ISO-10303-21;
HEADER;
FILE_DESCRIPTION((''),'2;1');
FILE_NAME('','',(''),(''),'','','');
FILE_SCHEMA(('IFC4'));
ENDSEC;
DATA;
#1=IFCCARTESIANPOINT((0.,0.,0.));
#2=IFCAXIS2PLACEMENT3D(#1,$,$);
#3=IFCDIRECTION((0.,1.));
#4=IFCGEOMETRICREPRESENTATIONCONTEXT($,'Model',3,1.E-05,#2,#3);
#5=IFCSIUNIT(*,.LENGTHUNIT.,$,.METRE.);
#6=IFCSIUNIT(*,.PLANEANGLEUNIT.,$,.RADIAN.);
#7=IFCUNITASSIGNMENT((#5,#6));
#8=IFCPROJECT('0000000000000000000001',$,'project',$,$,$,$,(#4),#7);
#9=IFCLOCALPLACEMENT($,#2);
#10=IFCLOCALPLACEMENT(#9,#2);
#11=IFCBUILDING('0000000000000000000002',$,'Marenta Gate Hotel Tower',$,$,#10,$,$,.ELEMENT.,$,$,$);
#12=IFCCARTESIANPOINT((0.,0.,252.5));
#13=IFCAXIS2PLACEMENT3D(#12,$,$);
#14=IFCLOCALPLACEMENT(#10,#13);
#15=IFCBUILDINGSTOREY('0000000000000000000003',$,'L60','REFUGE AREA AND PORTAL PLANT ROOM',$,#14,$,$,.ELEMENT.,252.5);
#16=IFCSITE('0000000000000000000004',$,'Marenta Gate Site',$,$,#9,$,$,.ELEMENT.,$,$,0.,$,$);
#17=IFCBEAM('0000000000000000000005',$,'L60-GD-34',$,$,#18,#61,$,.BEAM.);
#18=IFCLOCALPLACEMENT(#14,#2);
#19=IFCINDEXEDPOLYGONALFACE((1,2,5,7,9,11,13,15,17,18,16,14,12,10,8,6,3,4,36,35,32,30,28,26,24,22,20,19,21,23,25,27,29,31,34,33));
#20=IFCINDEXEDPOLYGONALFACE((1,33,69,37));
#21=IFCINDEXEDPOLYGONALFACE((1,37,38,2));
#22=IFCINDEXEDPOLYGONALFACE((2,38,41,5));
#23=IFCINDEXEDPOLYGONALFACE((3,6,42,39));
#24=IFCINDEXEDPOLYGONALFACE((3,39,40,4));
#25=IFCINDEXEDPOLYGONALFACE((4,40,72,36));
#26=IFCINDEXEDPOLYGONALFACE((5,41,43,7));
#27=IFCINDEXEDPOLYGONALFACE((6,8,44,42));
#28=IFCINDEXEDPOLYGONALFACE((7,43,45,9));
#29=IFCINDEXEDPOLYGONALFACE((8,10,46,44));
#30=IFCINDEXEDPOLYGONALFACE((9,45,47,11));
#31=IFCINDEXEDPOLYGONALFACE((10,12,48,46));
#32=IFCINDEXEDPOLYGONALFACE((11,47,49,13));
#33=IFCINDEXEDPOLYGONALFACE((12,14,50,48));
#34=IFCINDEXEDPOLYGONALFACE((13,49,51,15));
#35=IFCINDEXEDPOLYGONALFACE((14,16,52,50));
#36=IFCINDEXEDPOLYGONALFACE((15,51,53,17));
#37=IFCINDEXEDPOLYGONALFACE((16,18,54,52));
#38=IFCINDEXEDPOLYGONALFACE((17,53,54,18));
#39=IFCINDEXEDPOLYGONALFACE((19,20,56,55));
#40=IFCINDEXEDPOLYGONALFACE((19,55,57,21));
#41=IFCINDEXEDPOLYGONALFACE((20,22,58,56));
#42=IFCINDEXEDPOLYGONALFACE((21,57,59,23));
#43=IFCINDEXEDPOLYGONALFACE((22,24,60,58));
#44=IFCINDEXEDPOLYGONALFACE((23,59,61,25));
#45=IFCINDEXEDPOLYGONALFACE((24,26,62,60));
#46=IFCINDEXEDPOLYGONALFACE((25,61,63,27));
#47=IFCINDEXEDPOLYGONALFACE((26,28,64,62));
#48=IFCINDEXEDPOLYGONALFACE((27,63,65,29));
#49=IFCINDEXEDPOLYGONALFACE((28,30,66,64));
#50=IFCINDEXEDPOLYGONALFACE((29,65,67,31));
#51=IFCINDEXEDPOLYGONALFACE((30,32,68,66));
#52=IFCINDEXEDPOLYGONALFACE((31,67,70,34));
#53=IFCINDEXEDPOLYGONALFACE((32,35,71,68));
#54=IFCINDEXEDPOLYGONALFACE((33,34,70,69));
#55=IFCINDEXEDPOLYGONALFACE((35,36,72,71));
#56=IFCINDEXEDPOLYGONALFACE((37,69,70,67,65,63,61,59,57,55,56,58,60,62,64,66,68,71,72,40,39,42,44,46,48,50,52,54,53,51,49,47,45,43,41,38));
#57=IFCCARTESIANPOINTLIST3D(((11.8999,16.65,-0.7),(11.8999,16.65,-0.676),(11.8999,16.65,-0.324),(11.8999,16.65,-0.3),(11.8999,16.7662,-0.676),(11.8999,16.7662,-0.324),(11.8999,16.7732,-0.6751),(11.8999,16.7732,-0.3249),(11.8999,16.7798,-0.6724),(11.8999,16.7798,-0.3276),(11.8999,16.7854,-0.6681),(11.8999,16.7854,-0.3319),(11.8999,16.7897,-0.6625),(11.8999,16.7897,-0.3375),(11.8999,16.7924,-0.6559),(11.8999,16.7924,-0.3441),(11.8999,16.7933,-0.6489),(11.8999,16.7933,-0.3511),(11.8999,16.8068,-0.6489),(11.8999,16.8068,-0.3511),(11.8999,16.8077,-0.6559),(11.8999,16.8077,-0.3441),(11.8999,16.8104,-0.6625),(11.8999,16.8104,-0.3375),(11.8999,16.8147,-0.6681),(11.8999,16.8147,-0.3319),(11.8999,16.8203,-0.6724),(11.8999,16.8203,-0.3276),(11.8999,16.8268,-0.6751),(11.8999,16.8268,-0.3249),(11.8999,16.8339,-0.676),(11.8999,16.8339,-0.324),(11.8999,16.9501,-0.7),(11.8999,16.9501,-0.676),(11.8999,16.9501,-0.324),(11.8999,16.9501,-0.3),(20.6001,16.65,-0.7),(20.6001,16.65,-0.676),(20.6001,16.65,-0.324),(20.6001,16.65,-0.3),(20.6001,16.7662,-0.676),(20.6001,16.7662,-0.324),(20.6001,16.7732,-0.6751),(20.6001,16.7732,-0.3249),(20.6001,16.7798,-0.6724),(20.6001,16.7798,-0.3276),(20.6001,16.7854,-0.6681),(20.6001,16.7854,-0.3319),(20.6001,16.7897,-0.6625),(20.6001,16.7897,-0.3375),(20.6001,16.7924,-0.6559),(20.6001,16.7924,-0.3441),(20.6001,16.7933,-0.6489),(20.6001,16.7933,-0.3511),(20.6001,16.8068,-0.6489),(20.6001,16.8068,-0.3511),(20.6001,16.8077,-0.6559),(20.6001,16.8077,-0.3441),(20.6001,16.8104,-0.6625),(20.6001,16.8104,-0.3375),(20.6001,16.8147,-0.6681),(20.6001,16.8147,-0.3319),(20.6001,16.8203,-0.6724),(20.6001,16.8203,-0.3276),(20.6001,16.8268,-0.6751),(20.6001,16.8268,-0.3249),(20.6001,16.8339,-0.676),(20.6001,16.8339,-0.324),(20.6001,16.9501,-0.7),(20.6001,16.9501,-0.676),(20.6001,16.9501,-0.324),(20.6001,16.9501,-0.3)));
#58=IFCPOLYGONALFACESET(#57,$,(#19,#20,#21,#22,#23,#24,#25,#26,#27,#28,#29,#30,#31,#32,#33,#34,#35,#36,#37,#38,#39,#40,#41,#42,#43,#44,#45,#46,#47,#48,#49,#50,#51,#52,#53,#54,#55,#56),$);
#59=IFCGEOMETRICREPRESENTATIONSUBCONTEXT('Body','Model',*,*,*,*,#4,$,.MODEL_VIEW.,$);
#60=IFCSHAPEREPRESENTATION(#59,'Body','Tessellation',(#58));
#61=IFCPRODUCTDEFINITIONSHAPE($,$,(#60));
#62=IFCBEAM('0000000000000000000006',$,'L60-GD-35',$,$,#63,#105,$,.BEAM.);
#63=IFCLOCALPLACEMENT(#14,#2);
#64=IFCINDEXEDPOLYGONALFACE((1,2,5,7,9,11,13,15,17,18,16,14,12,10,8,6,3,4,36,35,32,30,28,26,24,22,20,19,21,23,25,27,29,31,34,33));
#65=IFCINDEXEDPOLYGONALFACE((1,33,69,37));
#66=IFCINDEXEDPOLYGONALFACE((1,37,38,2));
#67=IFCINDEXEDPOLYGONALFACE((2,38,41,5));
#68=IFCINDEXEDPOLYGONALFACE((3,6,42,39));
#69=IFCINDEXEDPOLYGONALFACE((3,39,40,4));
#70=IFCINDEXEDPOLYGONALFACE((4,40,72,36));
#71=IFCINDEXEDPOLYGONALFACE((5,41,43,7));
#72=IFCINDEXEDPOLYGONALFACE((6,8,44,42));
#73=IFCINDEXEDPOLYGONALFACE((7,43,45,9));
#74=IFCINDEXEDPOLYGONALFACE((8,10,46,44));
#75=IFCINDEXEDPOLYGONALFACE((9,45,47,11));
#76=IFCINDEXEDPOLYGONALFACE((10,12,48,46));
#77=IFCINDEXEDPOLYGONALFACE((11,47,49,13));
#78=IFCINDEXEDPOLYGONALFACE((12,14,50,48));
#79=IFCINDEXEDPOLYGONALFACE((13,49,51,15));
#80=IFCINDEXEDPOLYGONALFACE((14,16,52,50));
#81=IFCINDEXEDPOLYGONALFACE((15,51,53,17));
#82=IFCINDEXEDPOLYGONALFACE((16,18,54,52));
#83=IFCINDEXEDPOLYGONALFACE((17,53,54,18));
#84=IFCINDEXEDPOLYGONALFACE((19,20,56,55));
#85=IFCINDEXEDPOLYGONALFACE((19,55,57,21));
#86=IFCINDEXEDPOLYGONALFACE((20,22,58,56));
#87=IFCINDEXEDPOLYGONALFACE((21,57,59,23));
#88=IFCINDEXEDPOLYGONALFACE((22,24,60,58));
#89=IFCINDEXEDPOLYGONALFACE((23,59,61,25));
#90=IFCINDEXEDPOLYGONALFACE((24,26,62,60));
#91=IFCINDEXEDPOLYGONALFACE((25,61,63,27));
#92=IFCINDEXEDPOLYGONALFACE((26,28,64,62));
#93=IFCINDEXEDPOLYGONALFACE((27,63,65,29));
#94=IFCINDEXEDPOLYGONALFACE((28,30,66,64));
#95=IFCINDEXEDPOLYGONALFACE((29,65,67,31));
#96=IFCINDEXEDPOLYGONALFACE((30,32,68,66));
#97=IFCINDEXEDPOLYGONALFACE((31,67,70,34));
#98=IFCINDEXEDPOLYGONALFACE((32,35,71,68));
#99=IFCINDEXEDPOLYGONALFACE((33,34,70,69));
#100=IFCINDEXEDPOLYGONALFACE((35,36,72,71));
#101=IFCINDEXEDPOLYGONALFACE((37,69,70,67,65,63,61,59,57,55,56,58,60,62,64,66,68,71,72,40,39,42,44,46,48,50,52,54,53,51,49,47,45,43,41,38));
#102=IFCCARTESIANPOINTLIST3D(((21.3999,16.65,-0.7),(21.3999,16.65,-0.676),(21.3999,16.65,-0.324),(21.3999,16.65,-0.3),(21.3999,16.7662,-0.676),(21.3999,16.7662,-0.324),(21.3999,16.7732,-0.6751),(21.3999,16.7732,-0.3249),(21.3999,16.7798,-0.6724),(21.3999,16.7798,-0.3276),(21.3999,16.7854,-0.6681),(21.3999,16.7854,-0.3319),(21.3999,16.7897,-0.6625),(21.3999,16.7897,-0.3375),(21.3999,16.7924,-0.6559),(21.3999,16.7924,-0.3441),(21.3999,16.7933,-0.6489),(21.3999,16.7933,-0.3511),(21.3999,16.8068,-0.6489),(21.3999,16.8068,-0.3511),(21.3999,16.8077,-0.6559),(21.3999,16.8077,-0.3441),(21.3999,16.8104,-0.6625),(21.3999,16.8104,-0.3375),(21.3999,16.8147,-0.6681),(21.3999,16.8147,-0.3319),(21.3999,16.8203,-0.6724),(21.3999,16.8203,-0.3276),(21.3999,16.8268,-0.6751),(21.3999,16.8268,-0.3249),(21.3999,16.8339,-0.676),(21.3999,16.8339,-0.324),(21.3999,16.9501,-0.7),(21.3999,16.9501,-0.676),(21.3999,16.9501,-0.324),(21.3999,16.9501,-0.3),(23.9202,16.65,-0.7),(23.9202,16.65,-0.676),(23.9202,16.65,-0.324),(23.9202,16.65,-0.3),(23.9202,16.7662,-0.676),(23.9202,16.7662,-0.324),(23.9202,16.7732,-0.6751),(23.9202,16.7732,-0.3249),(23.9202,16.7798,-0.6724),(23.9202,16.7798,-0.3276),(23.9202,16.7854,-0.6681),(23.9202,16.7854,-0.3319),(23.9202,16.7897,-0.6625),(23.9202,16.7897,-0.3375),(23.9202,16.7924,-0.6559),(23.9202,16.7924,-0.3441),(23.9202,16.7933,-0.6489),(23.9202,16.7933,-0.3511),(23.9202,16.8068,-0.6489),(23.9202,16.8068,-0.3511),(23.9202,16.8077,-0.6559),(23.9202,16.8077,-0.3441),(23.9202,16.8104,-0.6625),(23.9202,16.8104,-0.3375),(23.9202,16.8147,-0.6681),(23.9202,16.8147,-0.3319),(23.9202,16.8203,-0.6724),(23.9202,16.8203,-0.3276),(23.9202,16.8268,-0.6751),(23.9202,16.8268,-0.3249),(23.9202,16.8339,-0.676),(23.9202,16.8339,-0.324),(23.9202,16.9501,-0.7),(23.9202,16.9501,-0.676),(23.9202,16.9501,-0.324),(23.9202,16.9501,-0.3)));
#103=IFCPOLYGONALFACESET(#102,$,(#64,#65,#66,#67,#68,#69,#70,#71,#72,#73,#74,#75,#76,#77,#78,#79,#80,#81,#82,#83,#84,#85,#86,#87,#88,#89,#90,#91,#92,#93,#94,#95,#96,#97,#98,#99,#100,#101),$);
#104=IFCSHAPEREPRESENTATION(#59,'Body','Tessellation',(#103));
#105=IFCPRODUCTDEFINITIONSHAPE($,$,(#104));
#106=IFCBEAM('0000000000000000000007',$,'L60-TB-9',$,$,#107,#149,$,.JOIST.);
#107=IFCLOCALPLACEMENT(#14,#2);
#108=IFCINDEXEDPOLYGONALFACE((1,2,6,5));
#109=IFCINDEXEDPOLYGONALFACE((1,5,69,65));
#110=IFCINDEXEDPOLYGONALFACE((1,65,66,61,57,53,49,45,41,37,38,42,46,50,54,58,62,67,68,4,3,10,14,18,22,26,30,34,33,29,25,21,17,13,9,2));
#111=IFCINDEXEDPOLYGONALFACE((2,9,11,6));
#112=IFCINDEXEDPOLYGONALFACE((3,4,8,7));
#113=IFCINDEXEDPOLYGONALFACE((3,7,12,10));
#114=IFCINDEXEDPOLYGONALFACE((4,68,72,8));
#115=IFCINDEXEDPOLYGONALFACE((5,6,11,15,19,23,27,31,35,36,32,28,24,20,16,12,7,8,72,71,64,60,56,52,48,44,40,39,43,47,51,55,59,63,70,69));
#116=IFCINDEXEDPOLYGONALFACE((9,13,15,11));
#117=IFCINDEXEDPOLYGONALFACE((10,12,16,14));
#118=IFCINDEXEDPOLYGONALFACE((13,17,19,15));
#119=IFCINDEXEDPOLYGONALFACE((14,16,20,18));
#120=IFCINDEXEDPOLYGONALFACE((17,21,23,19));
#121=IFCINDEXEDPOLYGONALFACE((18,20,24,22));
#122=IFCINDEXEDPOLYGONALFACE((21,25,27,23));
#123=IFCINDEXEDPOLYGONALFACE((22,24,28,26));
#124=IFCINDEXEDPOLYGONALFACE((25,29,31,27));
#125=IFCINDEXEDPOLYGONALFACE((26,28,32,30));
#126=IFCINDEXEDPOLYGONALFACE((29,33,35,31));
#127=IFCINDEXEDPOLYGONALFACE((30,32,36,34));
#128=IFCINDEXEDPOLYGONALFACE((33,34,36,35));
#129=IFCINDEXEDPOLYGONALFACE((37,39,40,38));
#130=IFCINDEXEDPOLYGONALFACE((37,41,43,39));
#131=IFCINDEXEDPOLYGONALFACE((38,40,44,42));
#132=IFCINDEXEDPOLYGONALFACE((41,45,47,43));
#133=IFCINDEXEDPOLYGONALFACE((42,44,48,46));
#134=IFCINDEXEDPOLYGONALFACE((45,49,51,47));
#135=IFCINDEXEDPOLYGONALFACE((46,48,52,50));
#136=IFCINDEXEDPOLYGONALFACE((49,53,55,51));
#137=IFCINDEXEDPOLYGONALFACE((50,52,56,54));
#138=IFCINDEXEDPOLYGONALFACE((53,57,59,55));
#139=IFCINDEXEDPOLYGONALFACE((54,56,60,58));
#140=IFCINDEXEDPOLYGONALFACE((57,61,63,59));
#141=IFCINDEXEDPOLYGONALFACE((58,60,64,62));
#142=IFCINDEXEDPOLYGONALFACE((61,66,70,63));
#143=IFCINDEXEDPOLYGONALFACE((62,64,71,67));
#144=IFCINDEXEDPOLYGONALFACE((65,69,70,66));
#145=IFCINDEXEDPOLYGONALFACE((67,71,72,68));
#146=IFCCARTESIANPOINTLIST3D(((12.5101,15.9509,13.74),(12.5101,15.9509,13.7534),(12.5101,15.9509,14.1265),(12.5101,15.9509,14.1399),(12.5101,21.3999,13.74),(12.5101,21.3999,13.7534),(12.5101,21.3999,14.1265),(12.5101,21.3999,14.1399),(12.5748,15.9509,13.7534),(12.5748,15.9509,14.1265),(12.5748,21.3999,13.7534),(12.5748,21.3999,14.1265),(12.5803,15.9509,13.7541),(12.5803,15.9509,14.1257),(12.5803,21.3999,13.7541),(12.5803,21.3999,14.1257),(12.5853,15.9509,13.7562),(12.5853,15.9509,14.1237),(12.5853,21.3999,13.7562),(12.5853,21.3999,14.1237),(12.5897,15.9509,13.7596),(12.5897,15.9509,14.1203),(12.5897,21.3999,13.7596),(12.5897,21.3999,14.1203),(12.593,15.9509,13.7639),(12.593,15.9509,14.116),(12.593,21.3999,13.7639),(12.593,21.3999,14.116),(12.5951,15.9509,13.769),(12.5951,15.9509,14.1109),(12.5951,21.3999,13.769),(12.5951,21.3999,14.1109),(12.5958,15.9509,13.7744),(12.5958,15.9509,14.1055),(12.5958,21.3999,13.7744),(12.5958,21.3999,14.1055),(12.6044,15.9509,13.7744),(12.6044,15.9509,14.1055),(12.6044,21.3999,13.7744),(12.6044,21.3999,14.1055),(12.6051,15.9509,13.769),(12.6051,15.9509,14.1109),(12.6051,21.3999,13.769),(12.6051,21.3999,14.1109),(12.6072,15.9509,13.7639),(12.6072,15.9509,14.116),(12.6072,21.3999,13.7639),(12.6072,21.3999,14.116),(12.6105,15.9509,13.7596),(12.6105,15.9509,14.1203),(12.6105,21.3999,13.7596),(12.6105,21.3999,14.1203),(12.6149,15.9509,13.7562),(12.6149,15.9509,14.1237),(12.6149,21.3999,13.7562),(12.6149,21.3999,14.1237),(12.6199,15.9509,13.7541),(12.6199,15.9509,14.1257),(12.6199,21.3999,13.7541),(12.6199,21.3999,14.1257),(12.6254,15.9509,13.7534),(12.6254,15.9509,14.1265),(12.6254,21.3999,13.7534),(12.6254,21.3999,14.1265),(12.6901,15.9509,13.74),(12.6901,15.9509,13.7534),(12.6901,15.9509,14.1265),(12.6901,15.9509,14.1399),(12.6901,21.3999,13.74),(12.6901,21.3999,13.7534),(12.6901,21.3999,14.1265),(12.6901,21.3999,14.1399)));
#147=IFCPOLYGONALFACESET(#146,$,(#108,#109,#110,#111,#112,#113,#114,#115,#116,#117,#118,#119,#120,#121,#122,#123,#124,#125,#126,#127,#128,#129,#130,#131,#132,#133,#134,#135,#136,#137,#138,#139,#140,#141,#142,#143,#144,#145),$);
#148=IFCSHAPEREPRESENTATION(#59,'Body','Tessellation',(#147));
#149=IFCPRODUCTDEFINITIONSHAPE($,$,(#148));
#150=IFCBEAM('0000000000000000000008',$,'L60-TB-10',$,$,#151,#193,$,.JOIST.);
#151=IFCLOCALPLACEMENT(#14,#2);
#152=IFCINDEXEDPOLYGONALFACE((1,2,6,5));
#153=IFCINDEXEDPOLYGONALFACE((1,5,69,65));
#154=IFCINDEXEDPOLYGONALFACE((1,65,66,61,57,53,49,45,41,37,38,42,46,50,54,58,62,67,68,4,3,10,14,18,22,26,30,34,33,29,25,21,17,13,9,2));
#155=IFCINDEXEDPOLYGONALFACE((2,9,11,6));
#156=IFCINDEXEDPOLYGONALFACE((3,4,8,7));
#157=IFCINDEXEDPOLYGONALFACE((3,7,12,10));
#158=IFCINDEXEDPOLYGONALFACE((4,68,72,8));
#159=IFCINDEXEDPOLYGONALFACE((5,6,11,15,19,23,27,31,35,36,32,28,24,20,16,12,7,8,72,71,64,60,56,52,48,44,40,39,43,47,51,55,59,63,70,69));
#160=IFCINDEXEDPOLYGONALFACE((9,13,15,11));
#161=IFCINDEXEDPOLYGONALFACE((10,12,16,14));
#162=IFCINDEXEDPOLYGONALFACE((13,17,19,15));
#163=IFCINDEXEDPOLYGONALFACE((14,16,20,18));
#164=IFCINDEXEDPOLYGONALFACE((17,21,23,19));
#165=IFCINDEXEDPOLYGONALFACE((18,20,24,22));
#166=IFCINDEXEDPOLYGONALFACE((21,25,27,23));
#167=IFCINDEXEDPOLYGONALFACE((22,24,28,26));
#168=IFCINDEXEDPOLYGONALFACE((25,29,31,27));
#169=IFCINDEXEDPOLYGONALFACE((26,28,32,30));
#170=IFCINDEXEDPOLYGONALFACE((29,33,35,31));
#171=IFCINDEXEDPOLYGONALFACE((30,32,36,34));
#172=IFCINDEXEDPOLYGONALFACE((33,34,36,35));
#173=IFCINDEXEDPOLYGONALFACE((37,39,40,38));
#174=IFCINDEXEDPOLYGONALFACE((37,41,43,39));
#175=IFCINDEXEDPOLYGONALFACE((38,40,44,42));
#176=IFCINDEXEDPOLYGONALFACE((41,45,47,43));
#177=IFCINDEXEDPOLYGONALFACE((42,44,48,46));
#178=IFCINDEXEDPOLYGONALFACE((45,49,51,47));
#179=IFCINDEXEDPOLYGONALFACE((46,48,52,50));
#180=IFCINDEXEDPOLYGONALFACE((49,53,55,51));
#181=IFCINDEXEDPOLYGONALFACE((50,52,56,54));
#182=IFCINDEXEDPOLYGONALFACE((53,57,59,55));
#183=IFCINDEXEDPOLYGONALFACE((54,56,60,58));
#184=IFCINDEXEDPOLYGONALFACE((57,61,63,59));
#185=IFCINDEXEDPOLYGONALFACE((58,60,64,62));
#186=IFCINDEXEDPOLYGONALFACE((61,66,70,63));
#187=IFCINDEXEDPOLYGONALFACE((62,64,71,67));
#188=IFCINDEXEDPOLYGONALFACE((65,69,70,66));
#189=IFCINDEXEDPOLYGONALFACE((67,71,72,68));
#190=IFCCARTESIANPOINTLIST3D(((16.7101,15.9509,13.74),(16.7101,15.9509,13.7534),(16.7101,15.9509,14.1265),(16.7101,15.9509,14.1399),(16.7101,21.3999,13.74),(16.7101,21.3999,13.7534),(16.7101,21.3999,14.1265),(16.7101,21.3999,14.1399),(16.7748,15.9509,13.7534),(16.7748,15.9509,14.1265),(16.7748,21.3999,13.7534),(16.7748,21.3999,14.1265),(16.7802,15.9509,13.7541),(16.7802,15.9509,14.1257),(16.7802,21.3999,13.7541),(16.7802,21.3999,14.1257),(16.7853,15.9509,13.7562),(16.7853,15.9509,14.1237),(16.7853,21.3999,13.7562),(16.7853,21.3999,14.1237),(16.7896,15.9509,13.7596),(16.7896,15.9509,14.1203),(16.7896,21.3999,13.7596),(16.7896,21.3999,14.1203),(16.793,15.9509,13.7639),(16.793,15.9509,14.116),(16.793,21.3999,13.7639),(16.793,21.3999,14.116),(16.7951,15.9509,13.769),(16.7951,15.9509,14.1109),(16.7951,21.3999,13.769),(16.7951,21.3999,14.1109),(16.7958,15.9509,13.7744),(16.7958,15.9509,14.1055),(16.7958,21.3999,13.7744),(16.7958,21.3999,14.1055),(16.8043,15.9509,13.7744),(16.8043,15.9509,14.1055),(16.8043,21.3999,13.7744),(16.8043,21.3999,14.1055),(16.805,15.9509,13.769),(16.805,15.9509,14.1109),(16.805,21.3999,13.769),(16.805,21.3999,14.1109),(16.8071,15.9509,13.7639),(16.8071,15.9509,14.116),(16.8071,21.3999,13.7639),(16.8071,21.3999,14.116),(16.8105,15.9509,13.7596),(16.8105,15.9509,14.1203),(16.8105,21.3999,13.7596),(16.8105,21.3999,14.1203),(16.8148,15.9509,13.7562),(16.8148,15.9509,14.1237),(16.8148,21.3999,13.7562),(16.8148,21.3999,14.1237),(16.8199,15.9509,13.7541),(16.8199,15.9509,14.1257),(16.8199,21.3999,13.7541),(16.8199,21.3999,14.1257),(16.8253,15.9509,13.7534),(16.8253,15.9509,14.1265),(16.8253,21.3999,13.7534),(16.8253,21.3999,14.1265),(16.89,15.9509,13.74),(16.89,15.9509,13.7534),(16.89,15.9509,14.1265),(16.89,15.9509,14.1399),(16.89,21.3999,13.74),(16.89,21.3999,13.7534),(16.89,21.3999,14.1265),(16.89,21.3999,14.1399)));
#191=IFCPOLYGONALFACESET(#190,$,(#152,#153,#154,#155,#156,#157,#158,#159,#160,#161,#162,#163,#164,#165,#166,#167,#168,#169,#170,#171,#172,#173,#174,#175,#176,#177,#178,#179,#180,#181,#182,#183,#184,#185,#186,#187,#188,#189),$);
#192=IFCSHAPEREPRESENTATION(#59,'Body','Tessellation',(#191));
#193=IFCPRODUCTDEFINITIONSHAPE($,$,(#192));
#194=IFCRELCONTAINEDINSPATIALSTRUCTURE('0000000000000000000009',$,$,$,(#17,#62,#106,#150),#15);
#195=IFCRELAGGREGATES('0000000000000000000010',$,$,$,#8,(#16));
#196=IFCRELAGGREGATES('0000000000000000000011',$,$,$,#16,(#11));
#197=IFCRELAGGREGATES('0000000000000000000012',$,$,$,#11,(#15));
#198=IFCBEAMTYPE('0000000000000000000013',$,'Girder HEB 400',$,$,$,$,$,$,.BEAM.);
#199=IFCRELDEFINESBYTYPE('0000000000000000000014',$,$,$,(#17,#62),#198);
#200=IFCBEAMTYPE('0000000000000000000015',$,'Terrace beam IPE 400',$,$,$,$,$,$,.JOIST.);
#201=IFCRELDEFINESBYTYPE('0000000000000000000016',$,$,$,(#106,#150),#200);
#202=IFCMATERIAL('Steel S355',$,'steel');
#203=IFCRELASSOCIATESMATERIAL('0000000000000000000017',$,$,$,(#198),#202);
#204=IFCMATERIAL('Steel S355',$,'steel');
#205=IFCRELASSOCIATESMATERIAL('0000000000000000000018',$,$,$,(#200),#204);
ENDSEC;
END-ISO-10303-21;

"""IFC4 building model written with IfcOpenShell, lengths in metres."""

from ifc_helpers import new_model, si_unit, direction, frame, origin, origin_2d, place, context, subcontext, project, spatial, i_section, extrude, material, material_profile, profile_set, type_object, element, save


model = new_model("IFC4")

# Units and contexts
model_context = context("Model", 3, precision=1e-05, world=origin(), true_north=direction((0.0, 1.0)))
body_context = subcontext(model_context, "Body", "Model", "MODEL_VIEW")
ifc_project = project(units=[si_unit("LENGTHUNIT", "METRE"), si_unit("PLANEANGLEUNIT", "RADIAN")], contexts=[model_context])

# Site, building, storey
site_placement = place(None, origin())
site = spatial("IfcSite", under=ifc_project, at=site_placement, Name="Marenta Gate Site", CompositionType="ELEMENT", RefElevation=0.0)
building_placement = place(site_placement, origin())
building = spatial("IfcBuilding", under=site, at=building_placement, Name="Marenta Gate Hotel Tower", CompositionType="ELEMENT")
storey_placement = place(building_placement, frame((0.0, 0.0, 252.5)))
storey = spatial("IfcBuildingStorey", under=building, at=storey_placement, Name="L60", Description="REFUGE AREA AND PORTAL PLANT ROOM", CompositionType="ELEMENT", Elevation=252.5)

# Beams
ifc_material_1 = material(Name="Steel S355", Category="steel")
ifc_material_profile_1 = material_profile(ifc_material_1, i_section(OverallWidth=0.3, OverallDepth=0.3999, WebThickness=0.0134, FlangeThickness=0.0239, FilletRadius=0.0271, at=origin_2d()), Name="HEB 400")
ifc_profile_set_1 = profile_set([ifc_material_profile_1], Name="Steel S355")
beam_type_1 = type_object("IfcBeamType", Name="Girder HEB 400", PredefinedType="BEAM", material=ifc_profile_set_1)
beam_1_placement = place(storey_placement, frame((11.8999, 16.8, -0.5), z_axis=(1.0, 0.0, 0.0), x_axis=(0.0, 1.0, 0.0)))
element("IfcBeam", 1, at=beam_1_placement, inside=storey, type_object=beam_type_1, Name="L60-GD-34", PredefinedType="BEAM", context=body_context, shape_type="SweptSolid", body=[
    extrude(i_section(OverallWidth=0.3, OverallDepth=0.3999, WebThickness=0.0134, FlangeThickness=0.0239, FilletRadius=0.0271, at=origin_2d()), origin(), (0.0, 0.0, 1.0), 8.7002),
])
beam_2_placement = place(storey_placement, frame((21.3999, 16.8, -0.5), z_axis=(1.0, 0.0, 0.0), x_axis=(0.0, 1.0, 0.0)))
element("IfcBeam", 2, at=beam_2_placement, inside=storey, type_object=beam_type_1, Name="L60-GD-35", PredefinedType="BEAM", context=body_context, shape_type="SweptSolid", body=[
    extrude(i_section(OverallWidth=0.3, OverallDepth=0.3999, WebThickness=0.0134, FlangeThickness=0.0239, FilletRadius=0.0271, at=origin_2d()), origin(), (0.0, 0.0, 1.0), 2.5203),
])
ifc_material_2 = material(Name="Steel S355", Category="steel")
ifc_material_profile_2 = material_profile(ifc_material_2, i_section(OverallWidth=0.1799, OverallDepth=0.3999, WebThickness=0.0085, FlangeThickness=0.0134, FilletRadius=0.021, at=origin_2d()), Name="IPE 400")
ifc_profile_set_2 = profile_set([ifc_material_profile_2], Name="Steel S355")
beam_type_2 = type_object("IfcBeamType", Name="Terrace beam IPE 400", PredefinedType="JOIST", material=ifc_profile_set_2)
for number, where, z_axis, x_axis, name in (
    (3, (12.6001, 15.9509, 13.9399), (0.0, 1.0, 0.0), (-1.0, 0.0, 0.0), "L60-TB-9"),
    (4, (16.8, 15.9509, 13.9399), (0.0, 1.0, 0.0), (-1.0, 0.0, 0.0), "L60-TB-10"),
):
    element("IfcBeam", number, at=place(storey_placement, frame(where, z_axis=z_axis, x_axis=x_axis)), inside=storey, type_object=beam_type_2, Name=name, PredefinedType="JOIST", context=body_context, shape_type="SweptSolid", body=[
        extrude(i_section(OverallWidth=0.1799, OverallDepth=0.3999, WebThickness=0.0085, FlangeThickness=0.0134, FilletRadius=0.021, at=origin_2d()), origin(), (0.0, 0.0, 1.0), 5.449),
    ])

save(model, "model.ifc")
